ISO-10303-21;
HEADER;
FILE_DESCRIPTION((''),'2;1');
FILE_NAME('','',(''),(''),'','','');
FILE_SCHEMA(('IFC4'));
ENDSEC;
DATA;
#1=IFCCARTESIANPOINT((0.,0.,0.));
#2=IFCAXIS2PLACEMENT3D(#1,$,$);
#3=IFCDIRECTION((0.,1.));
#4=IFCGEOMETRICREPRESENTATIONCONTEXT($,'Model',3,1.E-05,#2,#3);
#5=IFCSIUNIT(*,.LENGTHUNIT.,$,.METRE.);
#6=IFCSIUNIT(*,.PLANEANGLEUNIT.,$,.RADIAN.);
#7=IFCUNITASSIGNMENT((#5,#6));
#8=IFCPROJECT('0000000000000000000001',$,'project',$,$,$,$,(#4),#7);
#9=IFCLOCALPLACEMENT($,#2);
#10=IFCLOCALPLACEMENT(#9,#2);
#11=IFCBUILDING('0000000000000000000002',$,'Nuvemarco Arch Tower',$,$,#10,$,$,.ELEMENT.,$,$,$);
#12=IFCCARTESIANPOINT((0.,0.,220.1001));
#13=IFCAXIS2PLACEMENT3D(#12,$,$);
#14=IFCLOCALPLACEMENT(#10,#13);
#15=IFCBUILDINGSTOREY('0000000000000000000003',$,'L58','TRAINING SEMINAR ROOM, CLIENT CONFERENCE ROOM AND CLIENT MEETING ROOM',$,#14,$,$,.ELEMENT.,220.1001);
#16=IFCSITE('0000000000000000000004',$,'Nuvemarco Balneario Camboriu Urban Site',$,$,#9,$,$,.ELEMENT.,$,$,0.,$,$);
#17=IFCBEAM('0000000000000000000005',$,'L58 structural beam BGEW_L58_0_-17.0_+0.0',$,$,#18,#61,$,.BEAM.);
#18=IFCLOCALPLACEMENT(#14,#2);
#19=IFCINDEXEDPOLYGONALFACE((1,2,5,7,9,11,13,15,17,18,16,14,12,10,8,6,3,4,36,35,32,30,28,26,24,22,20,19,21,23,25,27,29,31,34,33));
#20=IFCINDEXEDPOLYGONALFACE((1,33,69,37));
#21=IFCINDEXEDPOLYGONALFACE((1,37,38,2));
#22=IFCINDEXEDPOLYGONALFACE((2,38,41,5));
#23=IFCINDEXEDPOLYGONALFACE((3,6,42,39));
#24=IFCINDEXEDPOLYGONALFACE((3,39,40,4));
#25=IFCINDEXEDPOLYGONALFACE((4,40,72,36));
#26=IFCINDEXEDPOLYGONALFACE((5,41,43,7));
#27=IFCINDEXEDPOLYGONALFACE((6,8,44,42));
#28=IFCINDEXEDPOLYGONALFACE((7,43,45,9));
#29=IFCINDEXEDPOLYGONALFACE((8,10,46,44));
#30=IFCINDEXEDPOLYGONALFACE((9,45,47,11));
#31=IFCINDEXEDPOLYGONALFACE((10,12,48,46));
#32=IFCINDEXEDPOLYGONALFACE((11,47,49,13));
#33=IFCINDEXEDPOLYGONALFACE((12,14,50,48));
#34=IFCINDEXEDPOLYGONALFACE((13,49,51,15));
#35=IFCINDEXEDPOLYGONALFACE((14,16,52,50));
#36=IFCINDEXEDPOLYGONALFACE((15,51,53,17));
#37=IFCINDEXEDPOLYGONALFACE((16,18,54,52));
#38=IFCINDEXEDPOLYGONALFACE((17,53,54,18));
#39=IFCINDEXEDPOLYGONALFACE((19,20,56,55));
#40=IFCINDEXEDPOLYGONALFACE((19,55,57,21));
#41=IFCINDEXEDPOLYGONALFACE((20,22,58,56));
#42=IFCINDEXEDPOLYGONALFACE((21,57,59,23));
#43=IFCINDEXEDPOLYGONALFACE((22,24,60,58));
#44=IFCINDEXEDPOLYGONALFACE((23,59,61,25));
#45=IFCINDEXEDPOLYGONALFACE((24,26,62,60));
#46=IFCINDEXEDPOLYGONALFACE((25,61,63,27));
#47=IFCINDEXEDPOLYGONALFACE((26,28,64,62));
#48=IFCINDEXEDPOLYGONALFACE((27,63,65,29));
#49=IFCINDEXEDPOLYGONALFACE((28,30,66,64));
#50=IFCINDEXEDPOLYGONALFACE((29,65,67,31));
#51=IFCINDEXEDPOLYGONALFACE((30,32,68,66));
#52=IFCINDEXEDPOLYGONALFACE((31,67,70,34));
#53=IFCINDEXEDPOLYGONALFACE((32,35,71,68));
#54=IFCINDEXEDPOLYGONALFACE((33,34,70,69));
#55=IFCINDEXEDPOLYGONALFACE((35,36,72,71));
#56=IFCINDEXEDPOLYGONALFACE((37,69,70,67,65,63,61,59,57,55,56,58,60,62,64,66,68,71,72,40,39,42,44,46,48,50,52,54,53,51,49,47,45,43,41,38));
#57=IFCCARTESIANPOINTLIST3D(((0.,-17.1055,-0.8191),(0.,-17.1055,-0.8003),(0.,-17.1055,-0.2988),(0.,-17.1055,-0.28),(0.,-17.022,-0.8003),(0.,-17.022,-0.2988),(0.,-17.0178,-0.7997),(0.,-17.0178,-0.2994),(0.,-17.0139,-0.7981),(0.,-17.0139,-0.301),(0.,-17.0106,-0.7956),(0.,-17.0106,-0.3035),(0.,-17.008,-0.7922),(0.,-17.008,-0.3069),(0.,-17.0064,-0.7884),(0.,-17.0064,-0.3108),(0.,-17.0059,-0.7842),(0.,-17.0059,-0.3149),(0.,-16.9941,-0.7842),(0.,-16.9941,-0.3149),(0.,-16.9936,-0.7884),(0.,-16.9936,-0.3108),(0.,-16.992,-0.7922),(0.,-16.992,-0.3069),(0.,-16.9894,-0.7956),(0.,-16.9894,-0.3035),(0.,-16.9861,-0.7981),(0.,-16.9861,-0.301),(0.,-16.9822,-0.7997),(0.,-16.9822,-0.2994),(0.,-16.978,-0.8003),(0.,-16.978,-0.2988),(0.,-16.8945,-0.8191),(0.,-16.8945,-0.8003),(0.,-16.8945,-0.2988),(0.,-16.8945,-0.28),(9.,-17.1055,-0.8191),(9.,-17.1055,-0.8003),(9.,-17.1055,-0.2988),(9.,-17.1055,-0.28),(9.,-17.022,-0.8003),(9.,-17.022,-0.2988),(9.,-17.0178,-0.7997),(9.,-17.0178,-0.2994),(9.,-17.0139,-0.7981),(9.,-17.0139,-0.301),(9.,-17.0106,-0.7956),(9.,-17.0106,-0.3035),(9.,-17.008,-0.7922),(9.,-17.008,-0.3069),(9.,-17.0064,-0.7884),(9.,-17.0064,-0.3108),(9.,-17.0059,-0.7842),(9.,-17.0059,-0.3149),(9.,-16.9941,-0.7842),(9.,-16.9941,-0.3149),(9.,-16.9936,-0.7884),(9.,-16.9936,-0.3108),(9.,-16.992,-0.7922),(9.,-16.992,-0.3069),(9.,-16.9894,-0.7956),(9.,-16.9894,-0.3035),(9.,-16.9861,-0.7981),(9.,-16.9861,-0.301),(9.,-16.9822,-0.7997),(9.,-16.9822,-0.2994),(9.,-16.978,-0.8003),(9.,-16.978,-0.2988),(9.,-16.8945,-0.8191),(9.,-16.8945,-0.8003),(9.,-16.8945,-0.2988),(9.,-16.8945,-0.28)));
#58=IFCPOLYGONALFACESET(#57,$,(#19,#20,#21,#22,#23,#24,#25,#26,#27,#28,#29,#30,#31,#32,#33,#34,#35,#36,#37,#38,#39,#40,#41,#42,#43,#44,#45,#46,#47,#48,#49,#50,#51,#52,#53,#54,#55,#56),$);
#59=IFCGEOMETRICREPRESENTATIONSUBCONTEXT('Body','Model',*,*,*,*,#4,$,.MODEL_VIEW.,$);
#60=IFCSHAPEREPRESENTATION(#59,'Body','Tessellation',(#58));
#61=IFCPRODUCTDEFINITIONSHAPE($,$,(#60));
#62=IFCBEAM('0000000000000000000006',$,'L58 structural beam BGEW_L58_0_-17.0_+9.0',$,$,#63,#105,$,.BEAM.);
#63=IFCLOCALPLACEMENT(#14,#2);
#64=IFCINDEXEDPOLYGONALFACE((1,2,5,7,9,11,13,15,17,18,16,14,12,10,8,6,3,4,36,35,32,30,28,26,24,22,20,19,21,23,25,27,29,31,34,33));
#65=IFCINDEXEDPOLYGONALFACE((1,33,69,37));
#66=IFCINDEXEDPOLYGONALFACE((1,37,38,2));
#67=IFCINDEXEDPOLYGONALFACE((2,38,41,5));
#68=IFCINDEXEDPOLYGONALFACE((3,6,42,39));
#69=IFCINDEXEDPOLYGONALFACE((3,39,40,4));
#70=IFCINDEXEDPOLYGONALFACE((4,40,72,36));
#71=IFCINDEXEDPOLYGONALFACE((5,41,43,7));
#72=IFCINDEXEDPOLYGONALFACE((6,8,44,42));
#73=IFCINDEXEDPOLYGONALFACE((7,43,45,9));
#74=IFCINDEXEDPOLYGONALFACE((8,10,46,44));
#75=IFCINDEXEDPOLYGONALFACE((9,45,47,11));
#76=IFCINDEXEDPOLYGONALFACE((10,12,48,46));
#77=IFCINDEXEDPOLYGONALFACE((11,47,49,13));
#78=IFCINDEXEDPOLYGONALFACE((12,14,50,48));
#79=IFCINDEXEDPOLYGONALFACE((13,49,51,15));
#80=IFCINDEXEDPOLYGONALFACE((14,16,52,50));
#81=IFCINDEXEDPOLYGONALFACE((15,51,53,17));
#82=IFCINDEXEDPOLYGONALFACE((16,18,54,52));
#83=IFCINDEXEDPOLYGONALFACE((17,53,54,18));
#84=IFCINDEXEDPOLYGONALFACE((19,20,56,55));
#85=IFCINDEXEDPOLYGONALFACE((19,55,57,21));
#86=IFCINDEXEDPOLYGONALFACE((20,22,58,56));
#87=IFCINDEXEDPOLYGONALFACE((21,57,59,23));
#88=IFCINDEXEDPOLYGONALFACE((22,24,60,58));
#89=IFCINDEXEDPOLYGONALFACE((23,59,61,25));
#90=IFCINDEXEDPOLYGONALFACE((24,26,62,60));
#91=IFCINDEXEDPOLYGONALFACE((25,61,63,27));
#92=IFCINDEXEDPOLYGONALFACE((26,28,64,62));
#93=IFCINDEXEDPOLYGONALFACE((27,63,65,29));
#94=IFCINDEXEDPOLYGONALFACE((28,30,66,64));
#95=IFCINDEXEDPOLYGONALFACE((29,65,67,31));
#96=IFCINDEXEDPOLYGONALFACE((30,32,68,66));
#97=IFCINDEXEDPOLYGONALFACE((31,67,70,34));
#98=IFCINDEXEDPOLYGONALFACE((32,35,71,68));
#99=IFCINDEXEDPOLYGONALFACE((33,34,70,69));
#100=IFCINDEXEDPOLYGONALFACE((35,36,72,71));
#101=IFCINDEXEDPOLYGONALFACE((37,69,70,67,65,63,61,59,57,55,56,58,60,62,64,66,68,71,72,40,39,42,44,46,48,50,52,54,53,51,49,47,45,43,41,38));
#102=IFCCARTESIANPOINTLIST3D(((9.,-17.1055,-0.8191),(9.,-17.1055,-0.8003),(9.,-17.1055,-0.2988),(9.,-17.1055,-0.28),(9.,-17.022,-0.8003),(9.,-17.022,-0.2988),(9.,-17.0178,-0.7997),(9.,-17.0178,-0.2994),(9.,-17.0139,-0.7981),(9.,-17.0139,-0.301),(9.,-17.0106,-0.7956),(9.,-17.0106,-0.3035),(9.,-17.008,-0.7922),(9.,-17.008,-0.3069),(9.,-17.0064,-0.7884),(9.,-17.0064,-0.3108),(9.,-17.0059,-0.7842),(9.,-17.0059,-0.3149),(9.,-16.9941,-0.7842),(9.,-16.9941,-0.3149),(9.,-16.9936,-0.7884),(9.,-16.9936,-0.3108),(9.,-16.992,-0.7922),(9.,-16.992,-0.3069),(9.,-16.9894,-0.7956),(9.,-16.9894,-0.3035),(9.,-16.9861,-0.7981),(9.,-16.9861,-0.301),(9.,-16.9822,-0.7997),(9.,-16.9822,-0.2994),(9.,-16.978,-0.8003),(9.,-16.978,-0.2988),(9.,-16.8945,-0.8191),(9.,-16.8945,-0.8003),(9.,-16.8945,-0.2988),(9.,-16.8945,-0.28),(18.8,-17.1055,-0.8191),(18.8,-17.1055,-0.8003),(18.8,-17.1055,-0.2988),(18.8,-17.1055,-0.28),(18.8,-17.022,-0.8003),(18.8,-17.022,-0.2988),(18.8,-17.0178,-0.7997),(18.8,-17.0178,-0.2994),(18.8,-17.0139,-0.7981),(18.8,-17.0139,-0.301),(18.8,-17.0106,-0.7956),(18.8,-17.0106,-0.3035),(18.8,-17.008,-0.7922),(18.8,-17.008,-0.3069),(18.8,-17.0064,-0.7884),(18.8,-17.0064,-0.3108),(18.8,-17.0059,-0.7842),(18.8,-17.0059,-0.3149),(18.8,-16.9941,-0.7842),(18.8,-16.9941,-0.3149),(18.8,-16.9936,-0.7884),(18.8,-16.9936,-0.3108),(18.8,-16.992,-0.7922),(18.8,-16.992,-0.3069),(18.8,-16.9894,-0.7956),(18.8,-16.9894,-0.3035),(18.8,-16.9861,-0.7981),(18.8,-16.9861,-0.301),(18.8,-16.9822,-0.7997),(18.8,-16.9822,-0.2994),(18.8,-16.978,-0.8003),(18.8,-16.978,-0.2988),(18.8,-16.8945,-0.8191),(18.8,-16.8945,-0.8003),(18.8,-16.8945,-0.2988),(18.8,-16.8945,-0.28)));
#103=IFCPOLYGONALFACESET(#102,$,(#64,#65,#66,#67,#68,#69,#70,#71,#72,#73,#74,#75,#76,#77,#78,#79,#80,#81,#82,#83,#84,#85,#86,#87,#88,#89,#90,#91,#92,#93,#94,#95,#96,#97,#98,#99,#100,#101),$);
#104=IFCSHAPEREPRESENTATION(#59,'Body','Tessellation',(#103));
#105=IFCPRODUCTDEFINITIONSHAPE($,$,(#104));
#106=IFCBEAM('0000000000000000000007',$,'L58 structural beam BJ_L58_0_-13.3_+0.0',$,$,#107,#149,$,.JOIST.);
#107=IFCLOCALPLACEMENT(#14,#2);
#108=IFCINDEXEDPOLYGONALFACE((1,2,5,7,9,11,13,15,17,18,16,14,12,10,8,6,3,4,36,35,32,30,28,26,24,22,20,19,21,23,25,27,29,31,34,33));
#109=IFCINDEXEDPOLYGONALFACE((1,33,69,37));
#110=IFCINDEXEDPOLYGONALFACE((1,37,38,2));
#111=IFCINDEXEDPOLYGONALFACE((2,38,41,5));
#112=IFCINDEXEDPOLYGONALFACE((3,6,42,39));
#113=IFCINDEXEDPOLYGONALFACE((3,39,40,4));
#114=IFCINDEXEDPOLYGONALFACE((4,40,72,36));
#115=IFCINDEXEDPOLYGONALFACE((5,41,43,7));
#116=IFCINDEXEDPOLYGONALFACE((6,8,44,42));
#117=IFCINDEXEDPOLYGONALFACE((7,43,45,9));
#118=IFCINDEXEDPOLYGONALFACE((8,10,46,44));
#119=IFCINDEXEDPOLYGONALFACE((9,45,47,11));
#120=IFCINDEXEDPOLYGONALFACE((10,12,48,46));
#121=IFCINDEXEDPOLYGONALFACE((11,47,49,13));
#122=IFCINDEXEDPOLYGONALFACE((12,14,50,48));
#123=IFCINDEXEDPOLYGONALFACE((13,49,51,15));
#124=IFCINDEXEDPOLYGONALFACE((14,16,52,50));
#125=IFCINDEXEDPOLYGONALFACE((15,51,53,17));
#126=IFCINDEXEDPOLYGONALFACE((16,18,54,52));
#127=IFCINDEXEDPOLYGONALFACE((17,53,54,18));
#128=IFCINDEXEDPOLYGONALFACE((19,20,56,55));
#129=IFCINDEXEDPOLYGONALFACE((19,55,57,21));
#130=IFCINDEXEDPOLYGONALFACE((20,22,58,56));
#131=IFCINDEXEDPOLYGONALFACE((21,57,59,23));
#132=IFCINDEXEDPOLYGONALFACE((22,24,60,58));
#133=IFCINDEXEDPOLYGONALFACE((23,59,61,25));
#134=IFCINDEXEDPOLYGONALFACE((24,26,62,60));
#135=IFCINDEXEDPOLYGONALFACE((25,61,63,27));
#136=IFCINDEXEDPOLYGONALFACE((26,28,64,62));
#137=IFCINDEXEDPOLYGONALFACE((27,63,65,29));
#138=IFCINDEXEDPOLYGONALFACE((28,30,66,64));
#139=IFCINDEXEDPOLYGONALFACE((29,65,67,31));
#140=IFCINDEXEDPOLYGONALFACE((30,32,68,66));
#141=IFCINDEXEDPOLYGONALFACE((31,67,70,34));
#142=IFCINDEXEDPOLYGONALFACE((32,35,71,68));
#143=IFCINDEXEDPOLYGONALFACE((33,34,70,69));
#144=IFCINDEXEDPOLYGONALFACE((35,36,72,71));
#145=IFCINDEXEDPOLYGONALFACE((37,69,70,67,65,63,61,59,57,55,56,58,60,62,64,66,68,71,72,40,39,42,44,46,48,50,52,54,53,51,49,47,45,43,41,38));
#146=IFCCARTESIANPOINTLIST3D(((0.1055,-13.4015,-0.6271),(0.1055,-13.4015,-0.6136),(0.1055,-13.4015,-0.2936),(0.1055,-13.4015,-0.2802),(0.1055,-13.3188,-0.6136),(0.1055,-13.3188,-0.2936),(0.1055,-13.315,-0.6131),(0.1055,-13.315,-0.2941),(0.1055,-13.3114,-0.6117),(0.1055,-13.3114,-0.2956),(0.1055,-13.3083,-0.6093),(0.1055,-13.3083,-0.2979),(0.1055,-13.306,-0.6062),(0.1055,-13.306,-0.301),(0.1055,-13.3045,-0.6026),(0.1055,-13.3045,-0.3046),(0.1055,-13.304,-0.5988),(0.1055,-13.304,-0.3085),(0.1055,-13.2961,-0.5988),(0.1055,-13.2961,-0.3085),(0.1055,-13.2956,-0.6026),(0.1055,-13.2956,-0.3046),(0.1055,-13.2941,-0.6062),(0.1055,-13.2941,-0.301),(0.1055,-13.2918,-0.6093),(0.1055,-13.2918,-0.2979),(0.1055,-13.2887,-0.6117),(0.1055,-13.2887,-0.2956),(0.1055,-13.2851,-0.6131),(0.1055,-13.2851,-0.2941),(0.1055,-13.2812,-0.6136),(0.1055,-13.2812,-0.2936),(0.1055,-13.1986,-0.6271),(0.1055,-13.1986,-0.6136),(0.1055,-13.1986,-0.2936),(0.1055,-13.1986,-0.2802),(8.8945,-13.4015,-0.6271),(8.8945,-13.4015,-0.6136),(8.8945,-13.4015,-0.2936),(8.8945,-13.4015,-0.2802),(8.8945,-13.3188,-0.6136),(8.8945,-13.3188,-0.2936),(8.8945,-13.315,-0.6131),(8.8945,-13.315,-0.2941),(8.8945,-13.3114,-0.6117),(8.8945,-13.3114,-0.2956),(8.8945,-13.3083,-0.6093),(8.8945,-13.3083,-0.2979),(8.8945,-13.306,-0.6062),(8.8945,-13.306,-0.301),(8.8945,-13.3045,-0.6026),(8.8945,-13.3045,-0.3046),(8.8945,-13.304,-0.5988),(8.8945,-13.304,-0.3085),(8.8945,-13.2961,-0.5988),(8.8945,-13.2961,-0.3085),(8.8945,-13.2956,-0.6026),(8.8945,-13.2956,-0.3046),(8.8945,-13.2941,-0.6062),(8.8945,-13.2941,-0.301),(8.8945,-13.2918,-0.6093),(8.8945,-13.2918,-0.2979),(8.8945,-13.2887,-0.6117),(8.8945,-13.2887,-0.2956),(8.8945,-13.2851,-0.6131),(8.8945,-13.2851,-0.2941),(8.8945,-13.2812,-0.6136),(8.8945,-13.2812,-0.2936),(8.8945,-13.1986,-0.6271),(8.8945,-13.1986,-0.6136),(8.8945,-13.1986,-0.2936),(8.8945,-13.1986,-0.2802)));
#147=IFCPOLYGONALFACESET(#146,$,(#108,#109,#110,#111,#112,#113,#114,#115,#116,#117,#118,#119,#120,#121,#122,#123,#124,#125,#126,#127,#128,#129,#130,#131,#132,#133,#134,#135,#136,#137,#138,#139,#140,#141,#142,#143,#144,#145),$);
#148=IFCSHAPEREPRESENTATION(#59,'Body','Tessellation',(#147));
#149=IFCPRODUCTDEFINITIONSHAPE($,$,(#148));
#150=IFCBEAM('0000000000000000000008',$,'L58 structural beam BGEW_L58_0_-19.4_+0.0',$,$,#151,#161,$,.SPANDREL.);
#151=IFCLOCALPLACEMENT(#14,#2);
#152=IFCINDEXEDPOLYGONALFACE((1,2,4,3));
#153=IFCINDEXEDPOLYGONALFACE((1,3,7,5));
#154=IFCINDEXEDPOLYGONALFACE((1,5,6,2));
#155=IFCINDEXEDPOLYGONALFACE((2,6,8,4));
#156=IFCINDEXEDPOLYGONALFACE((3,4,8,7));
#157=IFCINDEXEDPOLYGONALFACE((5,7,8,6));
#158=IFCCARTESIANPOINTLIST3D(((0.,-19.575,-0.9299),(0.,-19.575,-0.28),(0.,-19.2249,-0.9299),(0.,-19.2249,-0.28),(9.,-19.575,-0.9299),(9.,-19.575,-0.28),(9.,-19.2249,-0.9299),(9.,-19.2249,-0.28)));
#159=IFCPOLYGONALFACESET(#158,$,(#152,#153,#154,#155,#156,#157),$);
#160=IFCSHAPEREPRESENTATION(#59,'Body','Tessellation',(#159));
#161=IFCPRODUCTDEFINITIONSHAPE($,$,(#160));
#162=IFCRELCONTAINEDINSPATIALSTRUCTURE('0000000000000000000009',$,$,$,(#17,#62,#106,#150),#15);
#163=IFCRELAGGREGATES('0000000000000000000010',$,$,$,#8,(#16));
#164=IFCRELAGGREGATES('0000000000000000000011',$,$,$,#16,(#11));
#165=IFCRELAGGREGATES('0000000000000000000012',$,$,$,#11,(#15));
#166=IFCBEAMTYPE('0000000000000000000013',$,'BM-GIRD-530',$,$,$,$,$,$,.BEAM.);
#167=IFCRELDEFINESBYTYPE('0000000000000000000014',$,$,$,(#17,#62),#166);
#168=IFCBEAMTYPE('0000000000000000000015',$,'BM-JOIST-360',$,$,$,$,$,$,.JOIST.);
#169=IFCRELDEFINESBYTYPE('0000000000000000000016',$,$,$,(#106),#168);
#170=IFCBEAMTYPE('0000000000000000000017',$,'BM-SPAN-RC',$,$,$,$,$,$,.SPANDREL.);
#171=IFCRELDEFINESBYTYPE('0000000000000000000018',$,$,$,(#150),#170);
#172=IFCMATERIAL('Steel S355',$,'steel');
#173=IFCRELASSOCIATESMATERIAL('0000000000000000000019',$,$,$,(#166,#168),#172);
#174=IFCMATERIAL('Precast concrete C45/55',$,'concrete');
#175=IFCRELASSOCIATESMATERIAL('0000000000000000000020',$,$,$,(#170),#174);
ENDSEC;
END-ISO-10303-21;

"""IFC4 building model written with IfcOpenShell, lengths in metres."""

from ifc_helpers import new_model, si_unit, direction, frame, origin, origin_2d, place, context, subcontext, project, spatial, rectangle, i_section, extrude, material, material_profile, profile_set, type_object, element, save


model = new_model("IFC4")

# Units and contexts
model_context = context("Model", 3, precision=1e-05, world=origin(), true_north=direction((0.0, 1.0)))
body_context = subcontext(model_context, "Body", "Model", "MODEL_VIEW")
ifc_project = project(units=[si_unit("LENGTHUNIT", "METRE"), si_unit("PLANEANGLEUNIT", "RADIAN")], contexts=[model_context])

# Site, building, storey
site_placement = place(None, origin())
site = spatial("IfcSite", under=ifc_project, at=site_placement, Name="Nuvemarco Balneario Camboriu Urban Site", CompositionType="ELEMENT", RefElevation=0.0)
building_placement = place(site_placement, origin())
building = spatial("IfcBuilding", under=site, at=building_placement, Name="Nuvemarco Arch Tower", CompositionType="ELEMENT")
storey_placement = place(building_placement, frame((0.0, 0.0, 220.1001)))
storey = spatial("IfcBuildingStorey", under=building, at=storey_placement, Name="L58", Description="TRAINING SEMINAR ROOM, CLIENT CONFERENCE ROOM AND CLIENT MEETING ROOM", CompositionType="ELEMENT", Elevation=220.1001)

# Shared definitions
ifc_material_1 = material(Name="Steel S355", Category="steel")

# Beams
ifc_material_profile_1 = material_profile(ifc_material_1, i_section(OverallWidth=0.2109, OverallDepth=0.5391, WebThickness=0.0117, FlangeThickness=0.0188, FilletRadius=0.0161, at=origin_2d()), Name="W530x109")
ifc_profile_set_1 = profile_set([ifc_material_profile_1], Name="Steel S355")
beam_type_1 = type_object("IfcBeamType", Name="BM-GIRD-530", PredefinedType="BEAM", material=ifc_profile_set_1)
beam_1_placement = place(storey_placement, frame((0.0, -17.0, -0.5496), z_axis=(1.0, 0.0, 0.0), x_axis=(0.0, 1.0, 0.0)))
element("IfcBeam", 1, at=beam_1_placement, inside=storey, type_object=beam_type_1, Name="L58 structural beam BGEW_L58_0_-17.0_+0.0", PredefinedType="BEAM", context=body_context, shape_type="SweptSolid", body=[
    extrude(i_section(OverallWidth=0.2109, OverallDepth=0.5391, WebThickness=0.0117, FlangeThickness=0.0188, FilletRadius=0.0161, at=origin_2d()), origin(), (0.0, 0.0, 1.0), 9.0),
])
beam_2_placement = place(storey_placement, frame((9.0, -17.0, -0.5496), z_axis=(1.0, 0.0, 0.0), x_axis=(0.0, 1.0, 0.0)))
element("IfcBeam", 2, at=beam_2_placement, inside=storey, type_object=beam_type_1, Name="L58 structural beam BGEW_L58_0_-17.0_+9.0", PredefinedType="BEAM", context=body_context, shape_type="SweptSolid", body=[
    extrude(i_section(OverallWidth=0.2109, OverallDepth=0.5391, WebThickness=0.0117, FlangeThickness=0.0188, FilletRadius=0.0161, at=origin_2d()), origin(), (0.0, 0.0, 1.0), 9.8),
])
ifc_material_profile_2 = material_profile(ifc_material_1, i_section(OverallWidth=0.2029, OverallDepth=0.3469, WebThickness=0.0078, FlangeThickness=0.0134, FilletRadius=0.0149, at=origin_2d()), Name="W360x64")
ifc_profile_set_2 = profile_set([ifc_material_profile_2], Name="Steel S355")
beam_type_2 = type_object("IfcBeamType", Name="BM-JOIST-360", PredefinedType="JOIST", material=ifc_profile_set_2)
beam_3_placement = place(storey_placement, frame((0.1055, -13.3, -0.4536), z_axis=(1.0, 0.0, 0.0), x_axis=(0.0, 1.0, 0.0)))
element("IfcBeam", 3, at=beam_3_placement, inside=storey, type_object=beam_type_2, Name="L58 structural beam BJ_L58_0_-13.3_+0.0", PredefinedType="JOIST", context=body_context, shape_type="SweptSolid", body=[
    extrude(i_section(OverallWidth=0.2029, OverallDepth=0.3469, WebThickness=0.0078, FlangeThickness=0.0134, FilletRadius=0.0149, at=origin_2d()), origin(), (0.0, 0.0, 1.0), 8.7891),
])
ifc_material_2 = material(Name="Precast concrete C45/55", Category="concrete")
ifc_material_profile_3 = material_profile(ifc_material_2, rectangle(XDim=0.3501, YDim=0.6499, at=origin_2d()), Name="PC-SP-350x650")
ifc_profile_set_3 = profile_set([ifc_material_profile_3], Name="Precast concrete C45/55")
beam_type_3 = type_object("IfcBeamType", Name="BM-SPAN-RC", PredefinedType="SPANDREL", material=ifc_profile_set_3)
beam_4_placement = place(storey_placement, frame((0.0, -19.3999, -0.605), z_axis=(1.0, 0.0, 0.0), x_axis=(0.0, 1.0, 0.0)))
element("IfcBeam", 4, at=beam_4_placement, inside=storey, type_object=beam_type_3, Name="L58 structural beam BGEW_L58_0_-19.4_+0.0", PredefinedType="SPANDREL", context=body_context, shape_type="SweptSolid", body=[
    extrude(rectangle(XDim=0.3501, YDim=0.6499, at=origin_2d()), origin(), (0.0, 0.0, 1.0), 9.0),
])

save(model, "model.ifc")
